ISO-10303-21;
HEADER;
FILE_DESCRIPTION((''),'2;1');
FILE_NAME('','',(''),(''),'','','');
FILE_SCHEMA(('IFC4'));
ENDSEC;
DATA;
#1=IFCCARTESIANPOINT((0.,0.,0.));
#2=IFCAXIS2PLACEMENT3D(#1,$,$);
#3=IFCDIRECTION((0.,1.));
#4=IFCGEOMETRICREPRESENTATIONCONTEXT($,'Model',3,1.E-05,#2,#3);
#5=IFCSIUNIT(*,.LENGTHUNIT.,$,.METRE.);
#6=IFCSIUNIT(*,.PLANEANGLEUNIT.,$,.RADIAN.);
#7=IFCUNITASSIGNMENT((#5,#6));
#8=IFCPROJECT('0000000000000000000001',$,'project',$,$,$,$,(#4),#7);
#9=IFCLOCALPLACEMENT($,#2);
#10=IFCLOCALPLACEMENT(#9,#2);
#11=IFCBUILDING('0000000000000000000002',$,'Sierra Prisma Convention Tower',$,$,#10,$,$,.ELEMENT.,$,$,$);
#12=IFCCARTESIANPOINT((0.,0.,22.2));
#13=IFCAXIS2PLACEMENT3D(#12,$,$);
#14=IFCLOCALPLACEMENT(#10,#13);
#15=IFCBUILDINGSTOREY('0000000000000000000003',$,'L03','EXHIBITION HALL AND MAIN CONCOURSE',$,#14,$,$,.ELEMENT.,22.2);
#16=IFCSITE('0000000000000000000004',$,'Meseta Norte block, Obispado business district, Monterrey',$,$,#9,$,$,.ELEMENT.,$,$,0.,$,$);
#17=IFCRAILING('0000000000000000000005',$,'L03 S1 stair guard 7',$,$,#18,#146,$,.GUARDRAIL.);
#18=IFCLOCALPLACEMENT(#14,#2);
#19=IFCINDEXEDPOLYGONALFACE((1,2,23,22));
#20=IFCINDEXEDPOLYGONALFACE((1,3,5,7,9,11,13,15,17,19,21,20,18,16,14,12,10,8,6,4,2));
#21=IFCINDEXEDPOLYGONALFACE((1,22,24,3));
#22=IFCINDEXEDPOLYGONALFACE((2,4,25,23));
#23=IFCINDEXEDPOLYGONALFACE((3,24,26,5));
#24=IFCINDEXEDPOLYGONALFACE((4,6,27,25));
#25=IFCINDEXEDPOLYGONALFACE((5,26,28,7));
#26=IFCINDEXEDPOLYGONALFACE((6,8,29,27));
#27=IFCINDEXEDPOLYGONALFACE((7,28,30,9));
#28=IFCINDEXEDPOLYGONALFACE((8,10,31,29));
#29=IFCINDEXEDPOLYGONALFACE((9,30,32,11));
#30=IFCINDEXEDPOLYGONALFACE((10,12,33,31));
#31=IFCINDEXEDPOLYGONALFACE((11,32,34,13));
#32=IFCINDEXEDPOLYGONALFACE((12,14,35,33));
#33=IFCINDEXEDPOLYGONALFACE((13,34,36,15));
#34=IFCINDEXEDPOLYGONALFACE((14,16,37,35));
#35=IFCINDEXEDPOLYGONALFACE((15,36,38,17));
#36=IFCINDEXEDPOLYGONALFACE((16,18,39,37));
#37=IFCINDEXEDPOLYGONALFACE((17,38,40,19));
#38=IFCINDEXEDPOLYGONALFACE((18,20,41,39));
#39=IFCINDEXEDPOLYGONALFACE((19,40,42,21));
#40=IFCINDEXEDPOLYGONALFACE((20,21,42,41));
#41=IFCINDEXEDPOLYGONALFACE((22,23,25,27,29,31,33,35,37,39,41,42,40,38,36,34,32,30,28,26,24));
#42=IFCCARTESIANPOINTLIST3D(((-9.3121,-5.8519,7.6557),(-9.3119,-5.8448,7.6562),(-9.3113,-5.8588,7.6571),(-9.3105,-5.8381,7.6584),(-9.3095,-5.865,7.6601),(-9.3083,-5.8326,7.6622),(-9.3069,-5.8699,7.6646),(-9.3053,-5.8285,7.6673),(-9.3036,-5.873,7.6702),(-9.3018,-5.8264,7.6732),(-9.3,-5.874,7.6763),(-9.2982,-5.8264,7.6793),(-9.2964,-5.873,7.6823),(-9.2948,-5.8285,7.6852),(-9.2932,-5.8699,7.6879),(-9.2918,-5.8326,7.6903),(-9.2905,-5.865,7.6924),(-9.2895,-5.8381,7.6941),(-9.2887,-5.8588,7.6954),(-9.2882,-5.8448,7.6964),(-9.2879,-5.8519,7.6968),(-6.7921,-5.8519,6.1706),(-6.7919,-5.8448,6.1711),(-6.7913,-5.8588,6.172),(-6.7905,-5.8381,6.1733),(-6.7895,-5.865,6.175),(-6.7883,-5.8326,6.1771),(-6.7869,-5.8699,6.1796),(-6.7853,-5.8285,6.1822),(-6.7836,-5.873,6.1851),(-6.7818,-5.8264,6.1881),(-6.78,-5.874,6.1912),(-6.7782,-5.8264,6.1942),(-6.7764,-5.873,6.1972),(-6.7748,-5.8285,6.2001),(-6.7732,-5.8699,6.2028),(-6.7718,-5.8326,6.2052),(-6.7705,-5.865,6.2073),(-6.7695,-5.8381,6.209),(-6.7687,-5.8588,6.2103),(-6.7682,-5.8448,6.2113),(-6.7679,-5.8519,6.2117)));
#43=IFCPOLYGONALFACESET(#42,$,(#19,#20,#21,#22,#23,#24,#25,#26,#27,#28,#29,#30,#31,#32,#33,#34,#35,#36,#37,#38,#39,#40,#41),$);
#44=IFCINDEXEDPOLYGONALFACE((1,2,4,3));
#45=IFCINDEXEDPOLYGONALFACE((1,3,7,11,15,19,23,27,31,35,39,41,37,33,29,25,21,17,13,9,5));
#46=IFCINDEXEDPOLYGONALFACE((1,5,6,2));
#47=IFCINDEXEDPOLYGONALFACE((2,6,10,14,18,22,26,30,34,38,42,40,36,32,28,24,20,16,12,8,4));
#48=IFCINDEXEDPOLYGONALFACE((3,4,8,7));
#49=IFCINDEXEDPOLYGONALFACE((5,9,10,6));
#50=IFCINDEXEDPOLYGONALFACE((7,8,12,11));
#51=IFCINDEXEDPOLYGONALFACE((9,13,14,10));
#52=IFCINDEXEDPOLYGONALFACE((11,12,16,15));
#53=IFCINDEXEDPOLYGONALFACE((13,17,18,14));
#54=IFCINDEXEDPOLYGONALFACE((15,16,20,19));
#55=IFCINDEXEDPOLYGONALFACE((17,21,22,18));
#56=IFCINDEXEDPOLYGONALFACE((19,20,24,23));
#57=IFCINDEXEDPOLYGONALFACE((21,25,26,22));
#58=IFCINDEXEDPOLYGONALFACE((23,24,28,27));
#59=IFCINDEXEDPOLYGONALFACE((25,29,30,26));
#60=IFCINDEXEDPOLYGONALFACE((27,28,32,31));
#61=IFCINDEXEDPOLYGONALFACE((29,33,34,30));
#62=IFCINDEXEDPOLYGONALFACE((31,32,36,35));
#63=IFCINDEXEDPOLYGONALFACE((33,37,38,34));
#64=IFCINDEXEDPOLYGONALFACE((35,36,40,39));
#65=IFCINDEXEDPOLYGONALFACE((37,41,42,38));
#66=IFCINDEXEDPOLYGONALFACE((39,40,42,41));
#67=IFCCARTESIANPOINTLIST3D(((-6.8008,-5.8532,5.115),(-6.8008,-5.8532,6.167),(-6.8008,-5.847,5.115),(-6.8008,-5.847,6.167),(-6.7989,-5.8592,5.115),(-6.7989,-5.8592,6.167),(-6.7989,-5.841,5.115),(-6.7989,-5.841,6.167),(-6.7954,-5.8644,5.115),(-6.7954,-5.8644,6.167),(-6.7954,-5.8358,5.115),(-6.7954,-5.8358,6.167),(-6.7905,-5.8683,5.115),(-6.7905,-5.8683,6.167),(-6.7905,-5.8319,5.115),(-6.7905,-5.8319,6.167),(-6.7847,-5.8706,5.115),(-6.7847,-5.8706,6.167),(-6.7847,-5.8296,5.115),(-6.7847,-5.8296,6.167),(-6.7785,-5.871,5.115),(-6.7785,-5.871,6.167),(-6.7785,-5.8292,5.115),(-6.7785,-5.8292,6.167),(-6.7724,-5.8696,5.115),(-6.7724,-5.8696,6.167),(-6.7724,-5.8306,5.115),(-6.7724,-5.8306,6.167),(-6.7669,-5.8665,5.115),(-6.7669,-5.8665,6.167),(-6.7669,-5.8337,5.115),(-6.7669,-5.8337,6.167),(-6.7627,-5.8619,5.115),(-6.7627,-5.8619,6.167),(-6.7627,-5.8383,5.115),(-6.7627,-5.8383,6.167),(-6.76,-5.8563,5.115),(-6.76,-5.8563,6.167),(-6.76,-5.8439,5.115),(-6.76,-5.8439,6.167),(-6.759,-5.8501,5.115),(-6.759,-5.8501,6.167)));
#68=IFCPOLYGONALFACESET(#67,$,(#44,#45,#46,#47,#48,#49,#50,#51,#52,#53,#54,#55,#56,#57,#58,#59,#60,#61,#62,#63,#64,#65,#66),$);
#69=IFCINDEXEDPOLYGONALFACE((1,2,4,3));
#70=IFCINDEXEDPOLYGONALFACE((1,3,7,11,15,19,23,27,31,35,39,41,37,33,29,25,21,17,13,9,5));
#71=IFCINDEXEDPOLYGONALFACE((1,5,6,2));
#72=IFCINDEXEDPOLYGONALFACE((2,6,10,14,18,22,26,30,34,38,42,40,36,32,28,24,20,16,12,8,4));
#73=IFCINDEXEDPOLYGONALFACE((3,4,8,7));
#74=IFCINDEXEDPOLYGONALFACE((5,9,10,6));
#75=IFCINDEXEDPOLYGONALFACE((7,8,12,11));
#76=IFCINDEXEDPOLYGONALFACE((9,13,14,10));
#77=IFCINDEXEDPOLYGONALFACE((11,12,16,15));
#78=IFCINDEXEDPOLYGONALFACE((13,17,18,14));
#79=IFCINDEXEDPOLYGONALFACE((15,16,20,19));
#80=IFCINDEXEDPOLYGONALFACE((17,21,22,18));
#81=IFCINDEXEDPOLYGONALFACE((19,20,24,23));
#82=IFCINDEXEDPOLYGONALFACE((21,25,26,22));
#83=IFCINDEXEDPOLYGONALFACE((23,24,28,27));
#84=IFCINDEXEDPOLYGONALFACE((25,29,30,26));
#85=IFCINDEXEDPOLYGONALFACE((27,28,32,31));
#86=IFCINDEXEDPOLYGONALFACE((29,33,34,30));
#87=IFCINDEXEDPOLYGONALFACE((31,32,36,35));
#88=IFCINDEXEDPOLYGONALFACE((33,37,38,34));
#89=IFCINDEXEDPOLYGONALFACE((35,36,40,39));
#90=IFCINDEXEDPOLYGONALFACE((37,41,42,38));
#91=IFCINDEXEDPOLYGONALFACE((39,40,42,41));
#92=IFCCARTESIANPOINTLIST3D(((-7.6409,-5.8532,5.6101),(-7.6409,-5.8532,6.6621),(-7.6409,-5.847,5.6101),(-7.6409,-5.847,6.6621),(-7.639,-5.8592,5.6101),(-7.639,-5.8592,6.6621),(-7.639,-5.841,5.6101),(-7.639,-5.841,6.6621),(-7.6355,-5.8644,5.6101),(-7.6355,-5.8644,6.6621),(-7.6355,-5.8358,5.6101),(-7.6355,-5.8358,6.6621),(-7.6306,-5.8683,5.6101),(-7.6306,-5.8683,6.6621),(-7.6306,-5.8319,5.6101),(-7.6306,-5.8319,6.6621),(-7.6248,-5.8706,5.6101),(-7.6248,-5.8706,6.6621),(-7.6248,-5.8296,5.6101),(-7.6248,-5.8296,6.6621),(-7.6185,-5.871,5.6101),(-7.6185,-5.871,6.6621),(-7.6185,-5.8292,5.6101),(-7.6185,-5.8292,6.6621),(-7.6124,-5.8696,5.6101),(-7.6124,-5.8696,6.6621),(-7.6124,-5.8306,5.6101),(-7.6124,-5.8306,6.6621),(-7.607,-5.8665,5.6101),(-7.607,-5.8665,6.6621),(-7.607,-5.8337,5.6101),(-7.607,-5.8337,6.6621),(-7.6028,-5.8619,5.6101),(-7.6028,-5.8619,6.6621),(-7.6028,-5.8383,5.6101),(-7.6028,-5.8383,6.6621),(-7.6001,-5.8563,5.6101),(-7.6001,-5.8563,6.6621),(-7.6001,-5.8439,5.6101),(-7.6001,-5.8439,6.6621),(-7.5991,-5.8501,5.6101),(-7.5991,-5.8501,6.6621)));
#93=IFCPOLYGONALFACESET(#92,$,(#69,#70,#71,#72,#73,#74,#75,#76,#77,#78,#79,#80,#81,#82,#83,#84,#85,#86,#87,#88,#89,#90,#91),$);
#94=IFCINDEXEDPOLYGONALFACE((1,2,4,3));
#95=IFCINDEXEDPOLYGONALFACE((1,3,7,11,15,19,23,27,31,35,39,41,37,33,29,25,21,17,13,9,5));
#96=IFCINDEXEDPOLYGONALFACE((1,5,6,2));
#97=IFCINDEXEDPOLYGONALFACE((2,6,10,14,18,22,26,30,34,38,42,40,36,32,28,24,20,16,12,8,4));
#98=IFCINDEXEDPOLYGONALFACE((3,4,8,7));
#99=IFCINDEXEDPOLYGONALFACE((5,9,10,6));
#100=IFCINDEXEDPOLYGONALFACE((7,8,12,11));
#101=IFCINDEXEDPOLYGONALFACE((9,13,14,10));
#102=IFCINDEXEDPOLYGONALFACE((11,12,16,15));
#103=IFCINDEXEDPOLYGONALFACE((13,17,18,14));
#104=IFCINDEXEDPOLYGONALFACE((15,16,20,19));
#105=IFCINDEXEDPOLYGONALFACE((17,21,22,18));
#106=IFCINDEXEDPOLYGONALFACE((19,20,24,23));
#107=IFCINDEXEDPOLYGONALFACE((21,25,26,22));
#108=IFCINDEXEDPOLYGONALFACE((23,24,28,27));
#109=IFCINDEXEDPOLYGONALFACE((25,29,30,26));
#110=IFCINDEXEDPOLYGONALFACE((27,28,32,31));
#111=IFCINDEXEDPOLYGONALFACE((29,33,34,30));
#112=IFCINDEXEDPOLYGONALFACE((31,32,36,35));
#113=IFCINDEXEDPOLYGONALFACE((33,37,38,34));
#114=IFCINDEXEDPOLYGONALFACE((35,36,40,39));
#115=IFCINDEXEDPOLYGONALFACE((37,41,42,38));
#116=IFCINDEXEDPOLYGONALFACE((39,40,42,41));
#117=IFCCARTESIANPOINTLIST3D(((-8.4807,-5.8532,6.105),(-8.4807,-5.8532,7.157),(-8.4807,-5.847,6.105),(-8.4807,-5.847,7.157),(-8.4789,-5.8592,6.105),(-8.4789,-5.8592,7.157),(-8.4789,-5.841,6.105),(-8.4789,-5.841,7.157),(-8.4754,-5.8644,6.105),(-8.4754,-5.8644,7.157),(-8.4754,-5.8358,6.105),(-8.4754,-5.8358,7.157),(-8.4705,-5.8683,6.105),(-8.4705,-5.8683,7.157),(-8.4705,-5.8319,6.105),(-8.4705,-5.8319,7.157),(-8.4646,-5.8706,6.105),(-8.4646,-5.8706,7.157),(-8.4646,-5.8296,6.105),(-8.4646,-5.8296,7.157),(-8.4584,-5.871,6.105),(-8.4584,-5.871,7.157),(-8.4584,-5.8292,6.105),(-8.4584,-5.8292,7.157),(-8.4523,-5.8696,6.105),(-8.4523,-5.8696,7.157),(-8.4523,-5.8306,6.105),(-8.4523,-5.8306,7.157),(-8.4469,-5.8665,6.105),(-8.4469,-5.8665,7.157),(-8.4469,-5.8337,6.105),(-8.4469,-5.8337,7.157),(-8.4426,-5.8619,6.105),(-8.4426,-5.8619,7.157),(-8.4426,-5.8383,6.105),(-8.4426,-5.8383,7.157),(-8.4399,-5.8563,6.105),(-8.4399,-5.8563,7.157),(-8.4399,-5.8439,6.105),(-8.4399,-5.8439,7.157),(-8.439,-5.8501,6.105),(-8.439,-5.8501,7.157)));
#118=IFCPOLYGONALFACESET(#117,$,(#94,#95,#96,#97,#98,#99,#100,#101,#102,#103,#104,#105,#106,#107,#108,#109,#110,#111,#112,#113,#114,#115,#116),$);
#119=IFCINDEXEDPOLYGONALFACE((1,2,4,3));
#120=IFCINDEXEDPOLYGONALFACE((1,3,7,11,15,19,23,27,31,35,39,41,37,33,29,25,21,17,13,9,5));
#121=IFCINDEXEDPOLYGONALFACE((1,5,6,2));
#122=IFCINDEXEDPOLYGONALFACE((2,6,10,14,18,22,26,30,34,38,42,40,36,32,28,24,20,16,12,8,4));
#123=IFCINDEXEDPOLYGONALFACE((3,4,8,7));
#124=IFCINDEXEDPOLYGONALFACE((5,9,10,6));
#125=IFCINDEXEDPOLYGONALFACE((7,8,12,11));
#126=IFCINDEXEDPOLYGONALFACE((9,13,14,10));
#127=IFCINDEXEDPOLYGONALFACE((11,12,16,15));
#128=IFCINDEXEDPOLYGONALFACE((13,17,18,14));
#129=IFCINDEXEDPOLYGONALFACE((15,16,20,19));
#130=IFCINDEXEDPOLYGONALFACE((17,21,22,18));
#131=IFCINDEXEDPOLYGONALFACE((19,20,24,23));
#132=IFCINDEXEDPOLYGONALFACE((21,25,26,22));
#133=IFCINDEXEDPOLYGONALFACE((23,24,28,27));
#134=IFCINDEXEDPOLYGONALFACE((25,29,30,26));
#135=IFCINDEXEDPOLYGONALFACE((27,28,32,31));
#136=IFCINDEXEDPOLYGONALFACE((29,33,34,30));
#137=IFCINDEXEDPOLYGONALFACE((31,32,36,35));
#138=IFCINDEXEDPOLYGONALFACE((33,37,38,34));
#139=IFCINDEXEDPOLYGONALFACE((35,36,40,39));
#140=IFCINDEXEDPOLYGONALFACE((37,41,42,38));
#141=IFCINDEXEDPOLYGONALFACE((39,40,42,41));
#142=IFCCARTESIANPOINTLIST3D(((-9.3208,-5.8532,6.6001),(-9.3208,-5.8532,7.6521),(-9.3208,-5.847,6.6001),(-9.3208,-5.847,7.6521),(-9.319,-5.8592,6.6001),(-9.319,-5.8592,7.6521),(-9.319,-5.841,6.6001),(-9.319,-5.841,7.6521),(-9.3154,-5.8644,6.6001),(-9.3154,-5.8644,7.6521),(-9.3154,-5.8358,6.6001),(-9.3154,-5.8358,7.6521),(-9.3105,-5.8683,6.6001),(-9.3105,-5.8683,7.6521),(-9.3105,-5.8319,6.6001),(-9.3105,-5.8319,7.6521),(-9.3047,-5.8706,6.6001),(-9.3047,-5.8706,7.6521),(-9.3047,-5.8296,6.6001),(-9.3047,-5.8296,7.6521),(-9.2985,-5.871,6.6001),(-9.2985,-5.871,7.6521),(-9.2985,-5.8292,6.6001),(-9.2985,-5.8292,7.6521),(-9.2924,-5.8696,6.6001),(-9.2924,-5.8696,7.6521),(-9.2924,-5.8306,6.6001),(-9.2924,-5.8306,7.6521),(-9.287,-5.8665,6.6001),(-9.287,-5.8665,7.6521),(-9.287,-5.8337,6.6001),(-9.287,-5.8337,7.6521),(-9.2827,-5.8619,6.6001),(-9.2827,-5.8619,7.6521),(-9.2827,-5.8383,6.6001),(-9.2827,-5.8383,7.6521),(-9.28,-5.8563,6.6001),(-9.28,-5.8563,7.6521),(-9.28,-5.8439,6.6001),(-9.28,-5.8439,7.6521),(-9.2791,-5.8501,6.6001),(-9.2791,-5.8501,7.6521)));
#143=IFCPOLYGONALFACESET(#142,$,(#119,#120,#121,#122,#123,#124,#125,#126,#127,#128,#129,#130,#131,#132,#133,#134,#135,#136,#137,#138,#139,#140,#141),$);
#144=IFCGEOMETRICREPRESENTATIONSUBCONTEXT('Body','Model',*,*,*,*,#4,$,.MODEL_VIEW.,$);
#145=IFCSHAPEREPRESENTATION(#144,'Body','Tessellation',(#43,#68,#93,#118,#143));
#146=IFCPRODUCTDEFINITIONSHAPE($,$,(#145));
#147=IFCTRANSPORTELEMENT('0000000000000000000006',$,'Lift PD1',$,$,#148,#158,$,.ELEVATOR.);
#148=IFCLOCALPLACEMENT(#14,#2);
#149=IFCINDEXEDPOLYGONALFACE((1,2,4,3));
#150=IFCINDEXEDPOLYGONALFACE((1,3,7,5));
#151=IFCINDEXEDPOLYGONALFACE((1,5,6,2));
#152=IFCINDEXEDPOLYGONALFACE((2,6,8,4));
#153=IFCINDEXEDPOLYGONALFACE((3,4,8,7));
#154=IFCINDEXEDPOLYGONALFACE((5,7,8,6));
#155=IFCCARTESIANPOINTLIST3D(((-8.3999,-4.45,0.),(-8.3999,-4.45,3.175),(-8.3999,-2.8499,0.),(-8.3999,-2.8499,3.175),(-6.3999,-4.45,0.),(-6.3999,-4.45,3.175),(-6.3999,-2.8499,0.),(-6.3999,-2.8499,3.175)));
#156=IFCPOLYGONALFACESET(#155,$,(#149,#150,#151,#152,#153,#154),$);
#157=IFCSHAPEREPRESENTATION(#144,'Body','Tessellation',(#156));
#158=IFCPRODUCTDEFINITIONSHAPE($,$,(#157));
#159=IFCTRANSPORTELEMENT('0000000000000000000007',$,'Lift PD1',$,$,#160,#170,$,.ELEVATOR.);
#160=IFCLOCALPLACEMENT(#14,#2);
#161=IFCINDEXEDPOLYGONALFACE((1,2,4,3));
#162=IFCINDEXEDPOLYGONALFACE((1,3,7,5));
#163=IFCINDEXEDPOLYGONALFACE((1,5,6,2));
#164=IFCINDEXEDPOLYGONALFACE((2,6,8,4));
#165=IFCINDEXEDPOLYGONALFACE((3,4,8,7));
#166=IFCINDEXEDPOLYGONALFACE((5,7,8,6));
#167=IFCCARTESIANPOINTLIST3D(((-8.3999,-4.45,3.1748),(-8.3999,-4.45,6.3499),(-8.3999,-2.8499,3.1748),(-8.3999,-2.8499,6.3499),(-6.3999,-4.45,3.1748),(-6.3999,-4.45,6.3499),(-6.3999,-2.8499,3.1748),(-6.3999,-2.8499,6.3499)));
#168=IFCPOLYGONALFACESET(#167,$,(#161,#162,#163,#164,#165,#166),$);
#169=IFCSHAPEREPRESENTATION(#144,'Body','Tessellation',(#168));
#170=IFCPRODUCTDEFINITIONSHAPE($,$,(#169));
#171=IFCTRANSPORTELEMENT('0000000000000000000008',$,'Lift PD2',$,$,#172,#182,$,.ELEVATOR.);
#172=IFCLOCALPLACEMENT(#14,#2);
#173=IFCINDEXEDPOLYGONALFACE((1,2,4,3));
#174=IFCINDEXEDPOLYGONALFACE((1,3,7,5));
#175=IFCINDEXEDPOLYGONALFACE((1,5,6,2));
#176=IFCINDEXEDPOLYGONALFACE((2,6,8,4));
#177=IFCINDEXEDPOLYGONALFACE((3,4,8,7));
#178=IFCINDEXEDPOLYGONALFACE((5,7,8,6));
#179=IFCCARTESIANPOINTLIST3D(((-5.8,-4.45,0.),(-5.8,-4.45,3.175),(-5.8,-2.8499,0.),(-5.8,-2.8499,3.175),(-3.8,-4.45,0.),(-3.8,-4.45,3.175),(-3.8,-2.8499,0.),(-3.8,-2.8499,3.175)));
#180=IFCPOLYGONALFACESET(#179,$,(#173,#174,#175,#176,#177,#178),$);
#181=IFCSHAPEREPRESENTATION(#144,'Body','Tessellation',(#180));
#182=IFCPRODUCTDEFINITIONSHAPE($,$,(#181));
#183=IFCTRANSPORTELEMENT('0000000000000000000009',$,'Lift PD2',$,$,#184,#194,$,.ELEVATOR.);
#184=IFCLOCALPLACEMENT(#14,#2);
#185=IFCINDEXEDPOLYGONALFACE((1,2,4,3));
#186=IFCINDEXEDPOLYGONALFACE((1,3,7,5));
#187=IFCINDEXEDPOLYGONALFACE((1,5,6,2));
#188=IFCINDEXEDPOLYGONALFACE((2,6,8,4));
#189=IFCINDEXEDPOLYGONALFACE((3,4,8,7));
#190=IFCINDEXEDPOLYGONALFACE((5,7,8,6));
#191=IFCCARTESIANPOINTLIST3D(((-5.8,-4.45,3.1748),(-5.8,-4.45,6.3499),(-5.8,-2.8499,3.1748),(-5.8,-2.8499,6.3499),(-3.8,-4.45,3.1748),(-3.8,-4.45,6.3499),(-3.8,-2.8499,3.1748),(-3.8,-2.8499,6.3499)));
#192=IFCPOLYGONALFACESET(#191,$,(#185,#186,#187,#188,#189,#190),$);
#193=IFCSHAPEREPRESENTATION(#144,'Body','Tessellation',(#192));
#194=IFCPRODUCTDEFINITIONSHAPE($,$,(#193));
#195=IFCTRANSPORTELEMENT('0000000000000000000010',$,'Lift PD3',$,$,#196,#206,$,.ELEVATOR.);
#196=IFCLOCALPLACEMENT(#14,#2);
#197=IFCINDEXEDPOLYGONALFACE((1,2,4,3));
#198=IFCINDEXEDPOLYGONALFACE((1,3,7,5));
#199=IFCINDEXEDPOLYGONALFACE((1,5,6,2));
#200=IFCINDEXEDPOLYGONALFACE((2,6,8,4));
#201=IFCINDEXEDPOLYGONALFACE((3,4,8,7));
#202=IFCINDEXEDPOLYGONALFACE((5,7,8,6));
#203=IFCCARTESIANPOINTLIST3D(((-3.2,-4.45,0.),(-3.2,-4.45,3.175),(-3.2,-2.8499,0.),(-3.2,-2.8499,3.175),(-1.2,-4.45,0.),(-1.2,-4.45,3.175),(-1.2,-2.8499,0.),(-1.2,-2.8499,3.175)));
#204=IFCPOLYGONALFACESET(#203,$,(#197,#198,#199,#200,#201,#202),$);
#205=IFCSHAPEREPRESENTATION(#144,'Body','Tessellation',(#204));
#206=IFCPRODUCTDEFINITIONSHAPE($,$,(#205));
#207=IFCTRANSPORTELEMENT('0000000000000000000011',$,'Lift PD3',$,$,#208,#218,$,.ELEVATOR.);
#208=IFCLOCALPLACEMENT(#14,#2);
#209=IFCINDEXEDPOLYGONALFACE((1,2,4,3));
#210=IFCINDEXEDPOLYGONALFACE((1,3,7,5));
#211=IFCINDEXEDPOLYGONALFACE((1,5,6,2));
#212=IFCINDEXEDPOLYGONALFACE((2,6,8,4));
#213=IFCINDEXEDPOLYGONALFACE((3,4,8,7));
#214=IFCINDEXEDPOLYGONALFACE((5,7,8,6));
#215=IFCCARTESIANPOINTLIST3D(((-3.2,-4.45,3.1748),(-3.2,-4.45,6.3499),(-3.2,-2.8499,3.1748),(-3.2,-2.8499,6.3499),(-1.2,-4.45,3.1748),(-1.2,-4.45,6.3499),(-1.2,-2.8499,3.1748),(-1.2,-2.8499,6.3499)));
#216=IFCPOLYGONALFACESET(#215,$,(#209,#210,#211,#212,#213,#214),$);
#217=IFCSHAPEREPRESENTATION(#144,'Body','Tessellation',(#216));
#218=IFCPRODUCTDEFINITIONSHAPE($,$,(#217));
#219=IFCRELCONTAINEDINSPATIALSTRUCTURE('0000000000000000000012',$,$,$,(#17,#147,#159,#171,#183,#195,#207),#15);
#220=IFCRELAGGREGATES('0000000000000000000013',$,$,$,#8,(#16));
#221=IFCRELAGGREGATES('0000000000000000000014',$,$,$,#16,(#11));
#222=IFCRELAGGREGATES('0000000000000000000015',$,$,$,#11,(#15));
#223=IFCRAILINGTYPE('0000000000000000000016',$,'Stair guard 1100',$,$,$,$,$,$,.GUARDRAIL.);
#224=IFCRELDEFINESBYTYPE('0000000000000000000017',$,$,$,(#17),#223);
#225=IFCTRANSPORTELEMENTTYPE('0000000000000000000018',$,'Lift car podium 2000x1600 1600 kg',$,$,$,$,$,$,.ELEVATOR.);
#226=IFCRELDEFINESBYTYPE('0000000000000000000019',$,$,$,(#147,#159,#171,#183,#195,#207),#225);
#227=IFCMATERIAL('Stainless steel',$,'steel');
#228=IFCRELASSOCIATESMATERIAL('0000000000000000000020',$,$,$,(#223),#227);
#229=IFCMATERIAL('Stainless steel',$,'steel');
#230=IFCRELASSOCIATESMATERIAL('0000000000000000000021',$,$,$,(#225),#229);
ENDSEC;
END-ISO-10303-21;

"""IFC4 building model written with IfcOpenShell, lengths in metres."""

from ifc_helpers import new_model, si_unit, direction, frame, origin, origin_2d, place, context, subcontext, project, spatial, rectangle, circle, extrude, material, type_object, element, save


model = new_model("IFC4")

# Units and contexts
model_context = context("Model", 3, precision=1e-05, world=origin(), true_north=direction((0.0, 1.0)))
body_context = subcontext(model_context, "Body", "Model", "MODEL_VIEW")
ifc_project = project(units=[si_unit("LENGTHUNIT", "METRE"), si_unit("PLANEANGLEUNIT", "RADIAN")], contexts=[model_context])

# Site, building, storey
site_placement = place(None, origin())
site = spatial("IfcSite", under=ifc_project, at=site_placement, Name="Meseta Norte block, Obispado business district, Monterrey", CompositionType="ELEMENT", RefElevation=0.0)
building_placement = place(site_placement, origin())
building = spatial("IfcBuilding", under=site, at=building_placement, Name="Sierra Prisma Convention Tower", CompositionType="ELEMENT")
storey_placement = place(building_placement, frame((0.0, 0.0, 22.2)))
storey = spatial("IfcBuildingStorey", under=building, at=storey_placement, Name="L03", Description="EXHIBITION HALL AND MAIN CONCOURSE", CompositionType="ELEMENT", Elevation=22.2)

# Railing
ifc_material_1 = material(Name="Stainless steel", Category="steel")
railing_type_1 = type_object("IfcRailingType", Name="Stair guard 1100", PredefinedType="GUARDRAIL", material=ifc_material_1)
for number, where, name in (
    (1, (-6.78, -5.8501, 5.115), "L03 S1 stair guard 7"),
):
    element("IfcRailing", number, at=place(storey_placement, frame(where)), inside=storey, type_object=railing_type_1, Name=name, PredefinedType="GUARDRAIL", context=body_context, shape_type="SweptSolid", body=[
        extrude(circle(Radius=0.0239, at=origin_2d()), frame((0.0, 0.0, 1.0762), z_axis=(-0.861524, 0.0, 0.507717), x_axis=(0.0, -1.0, 0.0)), (0.0, 0.0, 1.0), 2.925),
        extrude(circle(Radius=0.021, at=origin_2d()), origin(), (0.0, 0.0, 1.0), 1.052),
        extrude(circle(Radius=0.021, at=origin_2d()), frame((-0.8401, 0.0, 0.4951)), (0.0, 0.0, 1.0), 1.052),
        extrude(circle(Radius=0.021, at=origin_2d()), frame((-1.6799, 0.0, 0.99)), (0.0, 0.0, 1.0), 1.052),
        extrude(circle(Radius=0.021, at=origin_2d()), frame((-2.52, 0.0, 1.4851)), (0.0, 0.0, 1.0), 1.052),
    ])

# Transport elements
ifc_material_2 = material(Name="Stainless steel", Category="steel")
transport_element_type = type_object("IfcTransportElementType", Name="Lift car podium 2000x1600 1600 kg", PredefinedType="ELEVATOR", material=ifc_material_2)
for number, where, z_axis, x_axis, name in (
    (2, (-7.3999, -3.6499, 0.0), (0.0, 0.0, 1.0), (1.0, 0.0, 0.0), "Lift PD1"),
    (3, (-7.3999, -3.6499, 3.1748), (0.0, 0.0, 1.0), (1.0, 0.0, 0.0), "Lift PD1"),
    (4, (-4.8, -3.6499, 0.0), (0.0, 0.0, 1.0), (1.0, 0.0, 0.0), "Lift PD2"),
    (5, (-4.8, -3.6499, 3.1748), (0.0, 0.0, 1.0), (1.0, 0.0, 0.0), "Lift PD2"),
    (6, (-2.2, -3.6499, 0.0), (0.0, 0.0, 1.0), (1.0, 0.0, 0.0), "Lift PD3"),
    (7, (-2.2, -3.6499, 3.1748), (0.0, 0.0, 1.0), (1.0, 0.0, 0.0), "Lift PD3"),
):
    element("IfcTransportElement", number, at=place(storey_placement, frame(where, z_axis=z_axis, x_axis=x_axis)), inside=storey, type_object=transport_element_type, Name=name, PredefinedType="ELEVATOR", context=body_context, shape_type="SweptSolid", body=[
        extrude(rectangle(XDim=2.0, YDim=1.6001, at=origin_2d()), origin(), (0.0, 0.0, 1.0), 3.175),
    ])

save(model, "model.ifc")
